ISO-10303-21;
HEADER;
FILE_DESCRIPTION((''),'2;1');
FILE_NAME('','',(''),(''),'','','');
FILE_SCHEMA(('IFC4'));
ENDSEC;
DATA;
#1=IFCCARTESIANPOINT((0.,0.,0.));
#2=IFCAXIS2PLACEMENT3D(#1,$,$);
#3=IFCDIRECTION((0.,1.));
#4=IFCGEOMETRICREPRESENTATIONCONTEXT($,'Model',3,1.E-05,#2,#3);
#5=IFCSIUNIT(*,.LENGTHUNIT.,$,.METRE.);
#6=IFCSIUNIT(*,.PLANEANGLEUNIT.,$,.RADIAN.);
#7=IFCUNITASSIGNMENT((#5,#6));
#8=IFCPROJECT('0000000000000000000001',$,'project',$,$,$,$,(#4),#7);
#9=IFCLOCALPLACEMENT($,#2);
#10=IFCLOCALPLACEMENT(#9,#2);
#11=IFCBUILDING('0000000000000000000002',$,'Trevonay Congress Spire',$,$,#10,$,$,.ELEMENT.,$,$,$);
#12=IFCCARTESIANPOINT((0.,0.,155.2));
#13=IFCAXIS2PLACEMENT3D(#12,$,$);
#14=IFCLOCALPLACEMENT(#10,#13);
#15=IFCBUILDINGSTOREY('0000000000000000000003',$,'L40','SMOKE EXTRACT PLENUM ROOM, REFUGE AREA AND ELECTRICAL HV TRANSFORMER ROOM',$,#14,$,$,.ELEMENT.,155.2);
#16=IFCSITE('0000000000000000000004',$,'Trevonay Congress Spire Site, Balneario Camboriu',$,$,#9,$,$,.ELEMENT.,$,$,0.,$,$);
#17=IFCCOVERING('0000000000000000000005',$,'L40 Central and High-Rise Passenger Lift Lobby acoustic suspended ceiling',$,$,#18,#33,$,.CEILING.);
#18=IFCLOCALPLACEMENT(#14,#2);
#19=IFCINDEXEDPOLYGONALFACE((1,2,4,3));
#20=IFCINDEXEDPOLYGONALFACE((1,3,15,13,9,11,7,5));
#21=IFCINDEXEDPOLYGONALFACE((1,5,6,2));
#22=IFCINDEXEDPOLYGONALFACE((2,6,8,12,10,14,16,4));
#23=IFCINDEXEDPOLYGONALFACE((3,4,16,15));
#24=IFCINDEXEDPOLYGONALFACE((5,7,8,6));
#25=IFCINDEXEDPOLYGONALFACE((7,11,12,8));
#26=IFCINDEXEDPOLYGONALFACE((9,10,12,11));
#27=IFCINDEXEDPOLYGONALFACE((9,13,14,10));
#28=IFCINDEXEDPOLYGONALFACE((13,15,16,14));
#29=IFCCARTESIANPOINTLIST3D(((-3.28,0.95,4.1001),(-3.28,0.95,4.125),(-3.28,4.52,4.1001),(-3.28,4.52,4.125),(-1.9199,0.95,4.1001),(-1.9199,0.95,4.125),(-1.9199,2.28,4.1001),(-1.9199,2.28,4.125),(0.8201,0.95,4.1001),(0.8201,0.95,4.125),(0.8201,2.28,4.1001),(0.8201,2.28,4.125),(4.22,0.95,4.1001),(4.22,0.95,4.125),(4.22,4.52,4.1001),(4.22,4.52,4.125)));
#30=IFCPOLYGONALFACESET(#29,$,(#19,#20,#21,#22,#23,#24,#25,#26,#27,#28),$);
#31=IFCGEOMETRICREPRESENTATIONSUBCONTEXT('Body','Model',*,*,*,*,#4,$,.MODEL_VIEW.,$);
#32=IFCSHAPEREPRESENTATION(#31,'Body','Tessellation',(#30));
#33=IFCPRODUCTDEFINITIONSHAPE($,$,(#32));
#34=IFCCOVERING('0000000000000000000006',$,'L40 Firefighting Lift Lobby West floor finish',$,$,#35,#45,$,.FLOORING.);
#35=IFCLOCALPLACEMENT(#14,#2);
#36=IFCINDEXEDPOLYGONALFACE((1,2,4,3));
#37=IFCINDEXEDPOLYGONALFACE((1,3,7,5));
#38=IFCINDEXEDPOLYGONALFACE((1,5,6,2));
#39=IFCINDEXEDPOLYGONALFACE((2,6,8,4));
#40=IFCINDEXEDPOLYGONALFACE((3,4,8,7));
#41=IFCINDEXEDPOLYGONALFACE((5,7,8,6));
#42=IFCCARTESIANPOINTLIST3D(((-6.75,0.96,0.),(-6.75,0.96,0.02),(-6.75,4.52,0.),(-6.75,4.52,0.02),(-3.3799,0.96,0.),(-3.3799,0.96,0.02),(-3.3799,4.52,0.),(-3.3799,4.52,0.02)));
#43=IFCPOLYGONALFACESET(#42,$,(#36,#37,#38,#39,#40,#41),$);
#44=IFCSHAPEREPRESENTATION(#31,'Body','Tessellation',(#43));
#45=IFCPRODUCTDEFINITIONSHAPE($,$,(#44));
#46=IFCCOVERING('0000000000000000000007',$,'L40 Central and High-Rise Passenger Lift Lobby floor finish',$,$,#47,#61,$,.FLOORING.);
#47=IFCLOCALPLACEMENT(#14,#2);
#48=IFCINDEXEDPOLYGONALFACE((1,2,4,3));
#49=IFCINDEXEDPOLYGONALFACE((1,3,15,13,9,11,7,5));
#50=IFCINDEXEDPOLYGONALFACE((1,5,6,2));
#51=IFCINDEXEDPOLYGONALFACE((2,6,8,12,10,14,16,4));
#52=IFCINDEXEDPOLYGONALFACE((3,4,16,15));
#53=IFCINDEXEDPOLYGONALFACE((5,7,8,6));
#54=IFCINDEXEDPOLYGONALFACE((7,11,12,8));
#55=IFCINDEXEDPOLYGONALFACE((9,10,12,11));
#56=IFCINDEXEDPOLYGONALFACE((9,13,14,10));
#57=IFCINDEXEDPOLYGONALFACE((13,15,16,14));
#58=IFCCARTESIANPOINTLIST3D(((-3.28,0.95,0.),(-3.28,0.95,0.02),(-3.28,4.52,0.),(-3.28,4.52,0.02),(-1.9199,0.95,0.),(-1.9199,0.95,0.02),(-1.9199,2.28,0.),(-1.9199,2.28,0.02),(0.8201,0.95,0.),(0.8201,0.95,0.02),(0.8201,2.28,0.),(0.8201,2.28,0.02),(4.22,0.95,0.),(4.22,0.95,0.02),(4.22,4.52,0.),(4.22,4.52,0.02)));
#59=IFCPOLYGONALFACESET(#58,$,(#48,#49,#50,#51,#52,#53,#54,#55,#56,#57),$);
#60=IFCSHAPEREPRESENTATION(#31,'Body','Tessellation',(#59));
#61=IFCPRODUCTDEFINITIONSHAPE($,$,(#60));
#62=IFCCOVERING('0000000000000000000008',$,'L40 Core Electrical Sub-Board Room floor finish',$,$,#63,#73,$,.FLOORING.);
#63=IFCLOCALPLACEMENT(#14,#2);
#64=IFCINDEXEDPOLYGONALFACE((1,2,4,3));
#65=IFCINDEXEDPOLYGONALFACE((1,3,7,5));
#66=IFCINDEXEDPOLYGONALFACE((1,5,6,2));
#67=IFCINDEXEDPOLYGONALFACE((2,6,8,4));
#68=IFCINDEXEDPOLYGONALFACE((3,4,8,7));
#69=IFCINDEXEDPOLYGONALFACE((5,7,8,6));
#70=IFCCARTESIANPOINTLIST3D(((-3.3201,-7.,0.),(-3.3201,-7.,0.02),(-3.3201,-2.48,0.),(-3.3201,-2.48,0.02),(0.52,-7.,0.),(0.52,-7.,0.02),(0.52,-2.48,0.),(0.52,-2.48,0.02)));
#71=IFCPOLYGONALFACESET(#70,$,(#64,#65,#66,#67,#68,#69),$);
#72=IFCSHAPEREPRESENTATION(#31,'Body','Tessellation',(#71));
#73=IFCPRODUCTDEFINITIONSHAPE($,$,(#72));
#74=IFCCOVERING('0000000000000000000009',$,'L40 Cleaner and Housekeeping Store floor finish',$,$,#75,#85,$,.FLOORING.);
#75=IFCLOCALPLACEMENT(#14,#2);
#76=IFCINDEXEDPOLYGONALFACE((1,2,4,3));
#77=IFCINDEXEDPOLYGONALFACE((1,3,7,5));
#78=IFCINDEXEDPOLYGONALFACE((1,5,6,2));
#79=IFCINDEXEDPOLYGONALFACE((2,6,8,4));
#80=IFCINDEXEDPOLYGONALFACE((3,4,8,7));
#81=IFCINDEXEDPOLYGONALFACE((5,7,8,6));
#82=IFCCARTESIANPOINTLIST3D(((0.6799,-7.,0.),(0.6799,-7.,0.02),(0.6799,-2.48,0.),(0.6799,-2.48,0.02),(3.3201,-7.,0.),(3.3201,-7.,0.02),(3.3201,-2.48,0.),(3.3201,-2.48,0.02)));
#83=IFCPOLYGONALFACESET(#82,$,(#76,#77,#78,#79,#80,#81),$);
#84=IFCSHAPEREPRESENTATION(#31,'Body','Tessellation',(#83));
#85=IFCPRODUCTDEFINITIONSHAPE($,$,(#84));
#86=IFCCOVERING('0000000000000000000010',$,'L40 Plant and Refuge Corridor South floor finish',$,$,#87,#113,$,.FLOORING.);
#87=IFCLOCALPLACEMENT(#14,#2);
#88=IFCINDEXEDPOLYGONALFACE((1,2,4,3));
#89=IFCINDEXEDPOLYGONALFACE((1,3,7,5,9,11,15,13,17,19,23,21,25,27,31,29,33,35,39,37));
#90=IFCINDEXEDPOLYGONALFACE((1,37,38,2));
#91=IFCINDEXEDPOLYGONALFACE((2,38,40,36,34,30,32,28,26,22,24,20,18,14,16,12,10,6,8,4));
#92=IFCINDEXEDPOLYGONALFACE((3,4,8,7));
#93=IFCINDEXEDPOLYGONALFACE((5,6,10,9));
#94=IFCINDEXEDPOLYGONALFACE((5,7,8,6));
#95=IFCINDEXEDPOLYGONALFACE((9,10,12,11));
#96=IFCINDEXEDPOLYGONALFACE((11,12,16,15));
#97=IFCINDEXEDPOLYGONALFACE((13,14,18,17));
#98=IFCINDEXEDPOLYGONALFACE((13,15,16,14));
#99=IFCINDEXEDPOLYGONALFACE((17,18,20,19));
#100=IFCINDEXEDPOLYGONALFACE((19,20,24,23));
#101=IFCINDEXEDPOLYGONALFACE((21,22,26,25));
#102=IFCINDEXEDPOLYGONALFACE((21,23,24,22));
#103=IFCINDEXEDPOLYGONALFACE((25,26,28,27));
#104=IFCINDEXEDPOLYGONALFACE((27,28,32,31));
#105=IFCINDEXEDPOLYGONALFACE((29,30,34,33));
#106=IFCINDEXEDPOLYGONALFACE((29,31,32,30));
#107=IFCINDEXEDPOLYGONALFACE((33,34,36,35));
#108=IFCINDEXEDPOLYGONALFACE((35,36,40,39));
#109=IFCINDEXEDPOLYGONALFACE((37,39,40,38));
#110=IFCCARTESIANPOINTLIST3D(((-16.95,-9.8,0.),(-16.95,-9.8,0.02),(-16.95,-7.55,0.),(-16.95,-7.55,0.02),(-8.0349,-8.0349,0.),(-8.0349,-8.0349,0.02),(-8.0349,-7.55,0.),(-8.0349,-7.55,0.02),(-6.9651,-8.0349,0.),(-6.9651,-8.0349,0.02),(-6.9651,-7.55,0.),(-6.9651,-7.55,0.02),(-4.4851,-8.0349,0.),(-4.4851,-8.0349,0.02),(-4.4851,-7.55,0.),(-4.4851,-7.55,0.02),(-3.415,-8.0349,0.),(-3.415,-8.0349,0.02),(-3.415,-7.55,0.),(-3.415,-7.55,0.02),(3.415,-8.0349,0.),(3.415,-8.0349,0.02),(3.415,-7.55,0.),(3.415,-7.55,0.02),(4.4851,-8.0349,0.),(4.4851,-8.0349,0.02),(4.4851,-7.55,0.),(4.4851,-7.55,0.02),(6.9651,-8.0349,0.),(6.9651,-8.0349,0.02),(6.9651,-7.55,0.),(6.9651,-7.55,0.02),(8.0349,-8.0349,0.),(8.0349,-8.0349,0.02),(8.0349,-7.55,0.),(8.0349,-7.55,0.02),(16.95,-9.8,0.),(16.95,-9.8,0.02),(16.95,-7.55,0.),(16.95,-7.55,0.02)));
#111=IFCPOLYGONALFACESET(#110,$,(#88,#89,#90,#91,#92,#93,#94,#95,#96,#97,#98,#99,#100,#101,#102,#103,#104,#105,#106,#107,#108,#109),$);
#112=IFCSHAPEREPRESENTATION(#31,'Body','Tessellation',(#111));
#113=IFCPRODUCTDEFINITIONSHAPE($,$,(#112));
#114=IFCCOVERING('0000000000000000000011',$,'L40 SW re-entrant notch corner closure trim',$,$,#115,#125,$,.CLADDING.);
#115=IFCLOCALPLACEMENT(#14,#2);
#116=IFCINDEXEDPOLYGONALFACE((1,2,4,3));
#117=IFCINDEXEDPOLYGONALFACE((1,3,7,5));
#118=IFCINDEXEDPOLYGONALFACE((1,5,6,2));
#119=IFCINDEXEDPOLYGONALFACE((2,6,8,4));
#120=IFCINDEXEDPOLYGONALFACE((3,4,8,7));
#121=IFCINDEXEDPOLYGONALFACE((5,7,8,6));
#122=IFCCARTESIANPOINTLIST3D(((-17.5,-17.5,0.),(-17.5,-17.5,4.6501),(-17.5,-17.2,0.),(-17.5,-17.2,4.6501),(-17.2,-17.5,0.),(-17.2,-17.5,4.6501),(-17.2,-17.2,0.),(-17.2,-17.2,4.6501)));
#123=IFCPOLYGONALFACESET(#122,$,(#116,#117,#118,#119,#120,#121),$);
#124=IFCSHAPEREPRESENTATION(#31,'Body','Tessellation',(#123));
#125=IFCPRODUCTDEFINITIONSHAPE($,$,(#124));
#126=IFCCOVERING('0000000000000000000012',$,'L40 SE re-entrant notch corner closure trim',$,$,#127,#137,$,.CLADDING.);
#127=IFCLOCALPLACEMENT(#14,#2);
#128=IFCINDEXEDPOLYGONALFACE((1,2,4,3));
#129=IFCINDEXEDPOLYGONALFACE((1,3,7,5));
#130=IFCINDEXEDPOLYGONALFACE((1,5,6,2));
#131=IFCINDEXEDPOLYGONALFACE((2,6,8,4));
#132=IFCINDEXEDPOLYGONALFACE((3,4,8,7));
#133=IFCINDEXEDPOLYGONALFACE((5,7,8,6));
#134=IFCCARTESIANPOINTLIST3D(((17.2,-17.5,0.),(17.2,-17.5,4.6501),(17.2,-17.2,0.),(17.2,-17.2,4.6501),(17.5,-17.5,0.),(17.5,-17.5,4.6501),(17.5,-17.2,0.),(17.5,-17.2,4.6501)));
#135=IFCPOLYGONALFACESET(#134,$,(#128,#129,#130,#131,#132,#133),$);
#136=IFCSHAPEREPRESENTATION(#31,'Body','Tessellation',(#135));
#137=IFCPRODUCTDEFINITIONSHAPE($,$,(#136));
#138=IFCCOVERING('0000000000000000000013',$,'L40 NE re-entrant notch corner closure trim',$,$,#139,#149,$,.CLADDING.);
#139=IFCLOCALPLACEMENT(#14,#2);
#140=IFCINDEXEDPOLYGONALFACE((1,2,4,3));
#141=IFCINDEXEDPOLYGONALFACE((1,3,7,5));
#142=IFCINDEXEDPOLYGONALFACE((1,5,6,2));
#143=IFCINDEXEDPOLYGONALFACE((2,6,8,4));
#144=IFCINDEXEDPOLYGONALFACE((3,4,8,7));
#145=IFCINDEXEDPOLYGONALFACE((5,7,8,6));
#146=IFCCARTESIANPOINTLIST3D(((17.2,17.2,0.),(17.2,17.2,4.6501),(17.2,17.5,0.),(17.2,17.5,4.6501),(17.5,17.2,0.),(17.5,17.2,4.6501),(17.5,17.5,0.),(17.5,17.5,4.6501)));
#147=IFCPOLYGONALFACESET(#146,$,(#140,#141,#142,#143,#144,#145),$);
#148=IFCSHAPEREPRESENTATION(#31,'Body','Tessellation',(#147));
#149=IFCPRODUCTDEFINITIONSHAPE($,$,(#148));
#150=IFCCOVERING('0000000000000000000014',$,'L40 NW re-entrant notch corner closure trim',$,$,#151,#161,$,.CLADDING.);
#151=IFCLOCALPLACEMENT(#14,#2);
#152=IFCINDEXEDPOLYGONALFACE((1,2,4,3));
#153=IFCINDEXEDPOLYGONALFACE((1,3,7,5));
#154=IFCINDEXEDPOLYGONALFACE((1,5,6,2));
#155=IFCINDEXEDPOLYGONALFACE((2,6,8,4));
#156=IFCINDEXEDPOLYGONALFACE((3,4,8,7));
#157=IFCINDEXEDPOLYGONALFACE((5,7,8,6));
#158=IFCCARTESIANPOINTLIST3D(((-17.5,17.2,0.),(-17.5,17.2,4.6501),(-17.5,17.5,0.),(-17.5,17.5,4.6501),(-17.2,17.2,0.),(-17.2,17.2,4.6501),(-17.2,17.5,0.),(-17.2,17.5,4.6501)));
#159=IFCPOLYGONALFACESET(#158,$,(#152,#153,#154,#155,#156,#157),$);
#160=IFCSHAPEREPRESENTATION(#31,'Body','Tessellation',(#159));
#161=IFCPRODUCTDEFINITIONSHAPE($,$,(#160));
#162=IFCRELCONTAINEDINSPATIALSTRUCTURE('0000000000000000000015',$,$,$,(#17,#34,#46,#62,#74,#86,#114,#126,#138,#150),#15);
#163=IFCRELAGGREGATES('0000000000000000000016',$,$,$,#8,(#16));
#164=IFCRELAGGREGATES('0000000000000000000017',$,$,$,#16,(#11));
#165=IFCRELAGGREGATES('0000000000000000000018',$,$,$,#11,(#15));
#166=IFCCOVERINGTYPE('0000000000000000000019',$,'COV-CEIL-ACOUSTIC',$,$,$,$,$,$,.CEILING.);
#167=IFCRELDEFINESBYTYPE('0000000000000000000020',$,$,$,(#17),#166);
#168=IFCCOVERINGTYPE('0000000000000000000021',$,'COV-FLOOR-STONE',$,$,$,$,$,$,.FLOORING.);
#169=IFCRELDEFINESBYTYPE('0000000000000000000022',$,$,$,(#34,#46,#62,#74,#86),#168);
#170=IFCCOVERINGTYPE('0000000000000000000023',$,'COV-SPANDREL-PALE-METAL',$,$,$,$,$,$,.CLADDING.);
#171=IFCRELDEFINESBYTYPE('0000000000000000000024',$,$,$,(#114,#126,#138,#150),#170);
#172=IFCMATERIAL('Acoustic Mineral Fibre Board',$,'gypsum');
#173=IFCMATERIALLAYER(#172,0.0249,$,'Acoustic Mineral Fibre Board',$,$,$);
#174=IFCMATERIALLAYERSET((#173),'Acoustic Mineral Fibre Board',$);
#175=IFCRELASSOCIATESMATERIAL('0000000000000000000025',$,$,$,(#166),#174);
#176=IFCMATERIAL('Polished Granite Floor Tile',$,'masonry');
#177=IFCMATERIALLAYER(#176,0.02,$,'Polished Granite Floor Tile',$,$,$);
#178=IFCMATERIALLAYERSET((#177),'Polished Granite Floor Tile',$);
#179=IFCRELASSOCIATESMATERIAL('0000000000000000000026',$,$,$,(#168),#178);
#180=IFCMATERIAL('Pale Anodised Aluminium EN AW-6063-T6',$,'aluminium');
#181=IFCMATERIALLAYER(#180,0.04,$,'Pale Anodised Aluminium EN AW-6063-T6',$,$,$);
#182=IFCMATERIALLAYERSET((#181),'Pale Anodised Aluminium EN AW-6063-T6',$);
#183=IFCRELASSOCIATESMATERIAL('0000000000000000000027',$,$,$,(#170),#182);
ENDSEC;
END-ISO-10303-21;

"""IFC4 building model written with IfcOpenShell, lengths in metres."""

from ifc_helpers import new_model, si_unit, direction, frame, origin, place, context, subcontext, project, spatial, polyline, outline, extrude, material, layer, layer_set, type_object, element, save


model = new_model("IFC4")

# Units and contexts
model_context = context("Model", 3, precision=1e-05, world=origin(), true_north=direction((0.0, 1.0)))
body_context = subcontext(model_context, "Body", "Model", "MODEL_VIEW")
ifc_project = project(units=[si_unit("LENGTHUNIT", "METRE"), si_unit("PLANEANGLEUNIT", "RADIAN")], contexts=[model_context])

# Site, building, storey
site_placement = place(None, origin())
site = spatial("IfcSite", under=ifc_project, at=site_placement, Name="Trevonay Congress Spire Site, Balneario Camboriu", CompositionType="ELEMENT", RefElevation=0.0)
building_placement = place(site_placement, origin())
building = spatial("IfcBuilding", under=site, at=building_placement, Name="Trevonay Congress Spire", CompositionType="ELEMENT")
storey_placement = place(building_placement, frame((0.0, 0.0, 155.2)))
storey = spatial("IfcBuildingStorey", under=building, at=storey_placement, Name="L40", Description="SMOKE EXTRACT PLENUM ROOM, REFUGE AREA AND ELECTRICAL HV TRANSFORMER ROOM", CompositionType="ELEMENT", Elevation=155.2)

# Coverings
ifc_material_1 = material(Name="Acoustic Mineral Fibre Board", Category="gypsum")
ifc_layer_1 = layer(ifc_material_1, 0.0249, Name="Acoustic Mineral Fibre Board")
ifc_layer_set_1 = layer_set([ifc_layer_1], Name="Acoustic Mineral Fibre Board")
covering_type_1 = type_object("IfcCoveringType", Name="COV-CEIL-ACOUSTIC", PredefinedType="CEILING", material=ifc_layer_set_1)
covering_1_placement = place(storey_placement, frame((0.0, 0.0, 4.1001)))
element("IfcCovering", 1, at=covering_1_placement, inside=storey, type_object=covering_type_1, Name="L40 Central and High-Rise Passenger Lift Lobby acoustic suspended ceiling", PredefinedType="CEILING", context=body_context, shape_type="SweptSolid", body=[
    extrude(outline(polyline([(-3.28, 0.95), (-1.9199, 0.95), (-1.9199, 2.28), (0.8201, 2.28), (0.8201, 0.95), (4.22, 0.95), (4.22, 4.52), (-3.28, 4.52), (-3.28, 0.95)])), origin(), (0.0, 0.0, 1.0), 0.0249),
])
ifc_material_2 = material(Name="Polished Granite Floor Tile", Category="masonry")
ifc_layer_2 = layer(ifc_material_2, 0.02, Name="Polished Granite Floor Tile")
ifc_layer_set_2 = layer_set([ifc_layer_2], Name="Polished Granite Floor Tile")
covering_type_2 = type_object("IfcCoveringType", Name="COV-FLOOR-STONE", PredefinedType="FLOORING", material=ifc_layer_set_2)
covering_2_placement = place(storey_placement, origin())
element("IfcCovering", 2, at=covering_2_placement, inside=storey, type_object=covering_type_2, Name="L40 Firefighting Lift Lobby West floor finish", PredefinedType="FLOORING", context=body_context, shape_type="SweptSolid", body=[
    extrude(outline(polyline([(-6.75, 0.96), (-3.3799, 0.96), (-3.3799, 4.52), (-6.75, 4.52), (-6.75, 0.96)])), origin(), (0.0, 0.0, 1.0), 0.02),
])
covering_3_placement = place(storey_placement, origin())
element("IfcCovering", 3, at=covering_3_placement, inside=storey, type_object=covering_type_2, Name="L40 Central and High-Rise Passenger Lift Lobby floor finish", PredefinedType="FLOORING", context=body_context, shape_type="SweptSolid", body=[
    extrude(outline(polyline([(-3.28, 0.95), (-1.9199, 0.95), (-1.9199, 2.28), (0.8201, 2.28), (0.8201, 0.95), (4.22, 0.95), (4.22, 4.52), (-3.28, 4.52), (-3.28, 0.95)])), origin(), (0.0, 0.0, 1.0), 0.02),
])
covering_4_placement = place(storey_placement, origin())
element("IfcCovering", 4, at=covering_4_placement, inside=storey, type_object=covering_type_2, Name="L40 Core Electrical Sub-Board Room floor finish", PredefinedType="FLOORING", context=body_context, shape_type="SweptSolid", body=[
    extrude(outline(polyline([(-3.3201, -7.0), (0.52, -7.0), (0.52, -2.48), (-3.3201, -2.48), (-3.3201, -7.0)])), origin(), (0.0, 0.0, 1.0), 0.02),
])
covering_5_placement = place(storey_placement, origin())
element("IfcCovering", 5, at=covering_5_placement, inside=storey, type_object=covering_type_2, Name="L40 Cleaner and Housekeeping Store floor finish", PredefinedType="FLOORING", context=body_context, shape_type="SweptSolid", body=[
    extrude(outline(polyline([(0.6799, -7.0), (3.3201, -7.0), (3.3201, -2.48), (0.6799, -2.48), (0.6799, -7.0)])), origin(), (0.0, 0.0, 1.0), 0.02),
])
covering_6_placement = place(storey_placement, origin())
element("IfcCovering", 6, at=covering_6_placement, inside=storey, type_object=covering_type_2, Name="L40 Plant and Refuge Corridor South floor finish", PredefinedType="FLOORING", context=body_context, shape_type="SweptSolid", body=[
    extrude(outline(polyline([(16.95, -7.55), (16.95, -9.8), (-16.95, -9.8), (-16.95, -7.55), (-8.0349, -7.55), (-8.0349, -8.0349), (-6.9651, -8.0349), (-6.9651, -7.55), (-4.4851, -7.55), (-4.4851, -8.0349), (-3.415, -8.0349), (-3.415, -7.55), (3.415, -7.55), (3.415, -8.0349), (4.4851, -8.0349), (4.4851, -7.55), (6.9651, -7.55), (6.9651, -8.0349), (8.0349, -8.0349), (8.0349, -7.55), (16.95, -7.55)])), origin(), (0.0, 0.0, 1.0), 0.02),
])
ifc_material_3 = material(Name="Pale Anodised Aluminium EN AW-6063-T6", Category="aluminium")
ifc_layer_3 = layer(ifc_material_3, 0.04, Name="Pale Anodised Aluminium EN AW-6063-T6")
ifc_layer_set_3 = layer_set([ifc_layer_3], Name="Pale Anodised Aluminium EN AW-6063-T6")
covering_type_3 = type_object("IfcCoveringType", Name="COV-SPANDREL-PALE-METAL", PredefinedType="CLADDING", material=ifc_layer_set_3)
covering_7_placement = place(storey_placement, origin())
element("IfcCovering", 7, at=covering_7_placement, inside=storey, type_object=covering_type_3, Name="L40 SW re-entrant notch corner closure trim", PredefinedType="CLADDING", context=body_context, shape_type="SweptSolid", body=[
    extrude(outline(polyline([(-17.5, -17.5), (-17.2, -17.5), (-17.2, -17.2), (-17.5, -17.2), (-17.5, -17.5)])), origin(), (0.0, 0.0, 1.0), 4.6501),
])
covering_8_placement = place(storey_placement, origin())
element("IfcCovering", 8, at=covering_8_placement, inside=storey, type_object=covering_type_3, Name="L40 SE re-entrant notch corner closure trim", PredefinedType="CLADDING", context=body_context, shape_type="SweptSolid", body=[
    extrude(outline(polyline([(17.2, -17.5), (17.5, -17.5), (17.5, -17.2), (17.2, -17.2), (17.2, -17.5)])), origin(), (0.0, 0.0, 1.0), 4.6501),
])
covering_9_placement = place(storey_placement, origin())
element("IfcCovering", 9, at=covering_9_placement, inside=storey, type_object=covering_type_3, Name="L40 NE re-entrant notch corner closure trim", PredefinedType="CLADDING", context=body_context, shape_type="SweptSolid", body=[
    extrude(outline(polyline([(17.2, 17.2), (17.5, 17.2), (17.5, 17.5), (17.2, 17.5), (17.2, 17.2)])), origin(), (0.0, 0.0, 1.0), 4.6501),
])
covering_10_placement = place(storey_placement, origin())
element("IfcCovering", 10, at=covering_10_placement, inside=storey, type_object=covering_type_3, Name="L40 NW re-entrant notch corner closure trim", PredefinedType="CLADDING", context=body_context, shape_type="SweptSolid", body=[
    extrude(outline(polyline([(-17.5, 17.2), (-17.2, 17.2), (-17.2, 17.5), (-17.5, 17.5), (-17.5, 17.2)])), origin(), (0.0, 0.0, 1.0), 4.6501),
])

save(model, "model.ifc")
